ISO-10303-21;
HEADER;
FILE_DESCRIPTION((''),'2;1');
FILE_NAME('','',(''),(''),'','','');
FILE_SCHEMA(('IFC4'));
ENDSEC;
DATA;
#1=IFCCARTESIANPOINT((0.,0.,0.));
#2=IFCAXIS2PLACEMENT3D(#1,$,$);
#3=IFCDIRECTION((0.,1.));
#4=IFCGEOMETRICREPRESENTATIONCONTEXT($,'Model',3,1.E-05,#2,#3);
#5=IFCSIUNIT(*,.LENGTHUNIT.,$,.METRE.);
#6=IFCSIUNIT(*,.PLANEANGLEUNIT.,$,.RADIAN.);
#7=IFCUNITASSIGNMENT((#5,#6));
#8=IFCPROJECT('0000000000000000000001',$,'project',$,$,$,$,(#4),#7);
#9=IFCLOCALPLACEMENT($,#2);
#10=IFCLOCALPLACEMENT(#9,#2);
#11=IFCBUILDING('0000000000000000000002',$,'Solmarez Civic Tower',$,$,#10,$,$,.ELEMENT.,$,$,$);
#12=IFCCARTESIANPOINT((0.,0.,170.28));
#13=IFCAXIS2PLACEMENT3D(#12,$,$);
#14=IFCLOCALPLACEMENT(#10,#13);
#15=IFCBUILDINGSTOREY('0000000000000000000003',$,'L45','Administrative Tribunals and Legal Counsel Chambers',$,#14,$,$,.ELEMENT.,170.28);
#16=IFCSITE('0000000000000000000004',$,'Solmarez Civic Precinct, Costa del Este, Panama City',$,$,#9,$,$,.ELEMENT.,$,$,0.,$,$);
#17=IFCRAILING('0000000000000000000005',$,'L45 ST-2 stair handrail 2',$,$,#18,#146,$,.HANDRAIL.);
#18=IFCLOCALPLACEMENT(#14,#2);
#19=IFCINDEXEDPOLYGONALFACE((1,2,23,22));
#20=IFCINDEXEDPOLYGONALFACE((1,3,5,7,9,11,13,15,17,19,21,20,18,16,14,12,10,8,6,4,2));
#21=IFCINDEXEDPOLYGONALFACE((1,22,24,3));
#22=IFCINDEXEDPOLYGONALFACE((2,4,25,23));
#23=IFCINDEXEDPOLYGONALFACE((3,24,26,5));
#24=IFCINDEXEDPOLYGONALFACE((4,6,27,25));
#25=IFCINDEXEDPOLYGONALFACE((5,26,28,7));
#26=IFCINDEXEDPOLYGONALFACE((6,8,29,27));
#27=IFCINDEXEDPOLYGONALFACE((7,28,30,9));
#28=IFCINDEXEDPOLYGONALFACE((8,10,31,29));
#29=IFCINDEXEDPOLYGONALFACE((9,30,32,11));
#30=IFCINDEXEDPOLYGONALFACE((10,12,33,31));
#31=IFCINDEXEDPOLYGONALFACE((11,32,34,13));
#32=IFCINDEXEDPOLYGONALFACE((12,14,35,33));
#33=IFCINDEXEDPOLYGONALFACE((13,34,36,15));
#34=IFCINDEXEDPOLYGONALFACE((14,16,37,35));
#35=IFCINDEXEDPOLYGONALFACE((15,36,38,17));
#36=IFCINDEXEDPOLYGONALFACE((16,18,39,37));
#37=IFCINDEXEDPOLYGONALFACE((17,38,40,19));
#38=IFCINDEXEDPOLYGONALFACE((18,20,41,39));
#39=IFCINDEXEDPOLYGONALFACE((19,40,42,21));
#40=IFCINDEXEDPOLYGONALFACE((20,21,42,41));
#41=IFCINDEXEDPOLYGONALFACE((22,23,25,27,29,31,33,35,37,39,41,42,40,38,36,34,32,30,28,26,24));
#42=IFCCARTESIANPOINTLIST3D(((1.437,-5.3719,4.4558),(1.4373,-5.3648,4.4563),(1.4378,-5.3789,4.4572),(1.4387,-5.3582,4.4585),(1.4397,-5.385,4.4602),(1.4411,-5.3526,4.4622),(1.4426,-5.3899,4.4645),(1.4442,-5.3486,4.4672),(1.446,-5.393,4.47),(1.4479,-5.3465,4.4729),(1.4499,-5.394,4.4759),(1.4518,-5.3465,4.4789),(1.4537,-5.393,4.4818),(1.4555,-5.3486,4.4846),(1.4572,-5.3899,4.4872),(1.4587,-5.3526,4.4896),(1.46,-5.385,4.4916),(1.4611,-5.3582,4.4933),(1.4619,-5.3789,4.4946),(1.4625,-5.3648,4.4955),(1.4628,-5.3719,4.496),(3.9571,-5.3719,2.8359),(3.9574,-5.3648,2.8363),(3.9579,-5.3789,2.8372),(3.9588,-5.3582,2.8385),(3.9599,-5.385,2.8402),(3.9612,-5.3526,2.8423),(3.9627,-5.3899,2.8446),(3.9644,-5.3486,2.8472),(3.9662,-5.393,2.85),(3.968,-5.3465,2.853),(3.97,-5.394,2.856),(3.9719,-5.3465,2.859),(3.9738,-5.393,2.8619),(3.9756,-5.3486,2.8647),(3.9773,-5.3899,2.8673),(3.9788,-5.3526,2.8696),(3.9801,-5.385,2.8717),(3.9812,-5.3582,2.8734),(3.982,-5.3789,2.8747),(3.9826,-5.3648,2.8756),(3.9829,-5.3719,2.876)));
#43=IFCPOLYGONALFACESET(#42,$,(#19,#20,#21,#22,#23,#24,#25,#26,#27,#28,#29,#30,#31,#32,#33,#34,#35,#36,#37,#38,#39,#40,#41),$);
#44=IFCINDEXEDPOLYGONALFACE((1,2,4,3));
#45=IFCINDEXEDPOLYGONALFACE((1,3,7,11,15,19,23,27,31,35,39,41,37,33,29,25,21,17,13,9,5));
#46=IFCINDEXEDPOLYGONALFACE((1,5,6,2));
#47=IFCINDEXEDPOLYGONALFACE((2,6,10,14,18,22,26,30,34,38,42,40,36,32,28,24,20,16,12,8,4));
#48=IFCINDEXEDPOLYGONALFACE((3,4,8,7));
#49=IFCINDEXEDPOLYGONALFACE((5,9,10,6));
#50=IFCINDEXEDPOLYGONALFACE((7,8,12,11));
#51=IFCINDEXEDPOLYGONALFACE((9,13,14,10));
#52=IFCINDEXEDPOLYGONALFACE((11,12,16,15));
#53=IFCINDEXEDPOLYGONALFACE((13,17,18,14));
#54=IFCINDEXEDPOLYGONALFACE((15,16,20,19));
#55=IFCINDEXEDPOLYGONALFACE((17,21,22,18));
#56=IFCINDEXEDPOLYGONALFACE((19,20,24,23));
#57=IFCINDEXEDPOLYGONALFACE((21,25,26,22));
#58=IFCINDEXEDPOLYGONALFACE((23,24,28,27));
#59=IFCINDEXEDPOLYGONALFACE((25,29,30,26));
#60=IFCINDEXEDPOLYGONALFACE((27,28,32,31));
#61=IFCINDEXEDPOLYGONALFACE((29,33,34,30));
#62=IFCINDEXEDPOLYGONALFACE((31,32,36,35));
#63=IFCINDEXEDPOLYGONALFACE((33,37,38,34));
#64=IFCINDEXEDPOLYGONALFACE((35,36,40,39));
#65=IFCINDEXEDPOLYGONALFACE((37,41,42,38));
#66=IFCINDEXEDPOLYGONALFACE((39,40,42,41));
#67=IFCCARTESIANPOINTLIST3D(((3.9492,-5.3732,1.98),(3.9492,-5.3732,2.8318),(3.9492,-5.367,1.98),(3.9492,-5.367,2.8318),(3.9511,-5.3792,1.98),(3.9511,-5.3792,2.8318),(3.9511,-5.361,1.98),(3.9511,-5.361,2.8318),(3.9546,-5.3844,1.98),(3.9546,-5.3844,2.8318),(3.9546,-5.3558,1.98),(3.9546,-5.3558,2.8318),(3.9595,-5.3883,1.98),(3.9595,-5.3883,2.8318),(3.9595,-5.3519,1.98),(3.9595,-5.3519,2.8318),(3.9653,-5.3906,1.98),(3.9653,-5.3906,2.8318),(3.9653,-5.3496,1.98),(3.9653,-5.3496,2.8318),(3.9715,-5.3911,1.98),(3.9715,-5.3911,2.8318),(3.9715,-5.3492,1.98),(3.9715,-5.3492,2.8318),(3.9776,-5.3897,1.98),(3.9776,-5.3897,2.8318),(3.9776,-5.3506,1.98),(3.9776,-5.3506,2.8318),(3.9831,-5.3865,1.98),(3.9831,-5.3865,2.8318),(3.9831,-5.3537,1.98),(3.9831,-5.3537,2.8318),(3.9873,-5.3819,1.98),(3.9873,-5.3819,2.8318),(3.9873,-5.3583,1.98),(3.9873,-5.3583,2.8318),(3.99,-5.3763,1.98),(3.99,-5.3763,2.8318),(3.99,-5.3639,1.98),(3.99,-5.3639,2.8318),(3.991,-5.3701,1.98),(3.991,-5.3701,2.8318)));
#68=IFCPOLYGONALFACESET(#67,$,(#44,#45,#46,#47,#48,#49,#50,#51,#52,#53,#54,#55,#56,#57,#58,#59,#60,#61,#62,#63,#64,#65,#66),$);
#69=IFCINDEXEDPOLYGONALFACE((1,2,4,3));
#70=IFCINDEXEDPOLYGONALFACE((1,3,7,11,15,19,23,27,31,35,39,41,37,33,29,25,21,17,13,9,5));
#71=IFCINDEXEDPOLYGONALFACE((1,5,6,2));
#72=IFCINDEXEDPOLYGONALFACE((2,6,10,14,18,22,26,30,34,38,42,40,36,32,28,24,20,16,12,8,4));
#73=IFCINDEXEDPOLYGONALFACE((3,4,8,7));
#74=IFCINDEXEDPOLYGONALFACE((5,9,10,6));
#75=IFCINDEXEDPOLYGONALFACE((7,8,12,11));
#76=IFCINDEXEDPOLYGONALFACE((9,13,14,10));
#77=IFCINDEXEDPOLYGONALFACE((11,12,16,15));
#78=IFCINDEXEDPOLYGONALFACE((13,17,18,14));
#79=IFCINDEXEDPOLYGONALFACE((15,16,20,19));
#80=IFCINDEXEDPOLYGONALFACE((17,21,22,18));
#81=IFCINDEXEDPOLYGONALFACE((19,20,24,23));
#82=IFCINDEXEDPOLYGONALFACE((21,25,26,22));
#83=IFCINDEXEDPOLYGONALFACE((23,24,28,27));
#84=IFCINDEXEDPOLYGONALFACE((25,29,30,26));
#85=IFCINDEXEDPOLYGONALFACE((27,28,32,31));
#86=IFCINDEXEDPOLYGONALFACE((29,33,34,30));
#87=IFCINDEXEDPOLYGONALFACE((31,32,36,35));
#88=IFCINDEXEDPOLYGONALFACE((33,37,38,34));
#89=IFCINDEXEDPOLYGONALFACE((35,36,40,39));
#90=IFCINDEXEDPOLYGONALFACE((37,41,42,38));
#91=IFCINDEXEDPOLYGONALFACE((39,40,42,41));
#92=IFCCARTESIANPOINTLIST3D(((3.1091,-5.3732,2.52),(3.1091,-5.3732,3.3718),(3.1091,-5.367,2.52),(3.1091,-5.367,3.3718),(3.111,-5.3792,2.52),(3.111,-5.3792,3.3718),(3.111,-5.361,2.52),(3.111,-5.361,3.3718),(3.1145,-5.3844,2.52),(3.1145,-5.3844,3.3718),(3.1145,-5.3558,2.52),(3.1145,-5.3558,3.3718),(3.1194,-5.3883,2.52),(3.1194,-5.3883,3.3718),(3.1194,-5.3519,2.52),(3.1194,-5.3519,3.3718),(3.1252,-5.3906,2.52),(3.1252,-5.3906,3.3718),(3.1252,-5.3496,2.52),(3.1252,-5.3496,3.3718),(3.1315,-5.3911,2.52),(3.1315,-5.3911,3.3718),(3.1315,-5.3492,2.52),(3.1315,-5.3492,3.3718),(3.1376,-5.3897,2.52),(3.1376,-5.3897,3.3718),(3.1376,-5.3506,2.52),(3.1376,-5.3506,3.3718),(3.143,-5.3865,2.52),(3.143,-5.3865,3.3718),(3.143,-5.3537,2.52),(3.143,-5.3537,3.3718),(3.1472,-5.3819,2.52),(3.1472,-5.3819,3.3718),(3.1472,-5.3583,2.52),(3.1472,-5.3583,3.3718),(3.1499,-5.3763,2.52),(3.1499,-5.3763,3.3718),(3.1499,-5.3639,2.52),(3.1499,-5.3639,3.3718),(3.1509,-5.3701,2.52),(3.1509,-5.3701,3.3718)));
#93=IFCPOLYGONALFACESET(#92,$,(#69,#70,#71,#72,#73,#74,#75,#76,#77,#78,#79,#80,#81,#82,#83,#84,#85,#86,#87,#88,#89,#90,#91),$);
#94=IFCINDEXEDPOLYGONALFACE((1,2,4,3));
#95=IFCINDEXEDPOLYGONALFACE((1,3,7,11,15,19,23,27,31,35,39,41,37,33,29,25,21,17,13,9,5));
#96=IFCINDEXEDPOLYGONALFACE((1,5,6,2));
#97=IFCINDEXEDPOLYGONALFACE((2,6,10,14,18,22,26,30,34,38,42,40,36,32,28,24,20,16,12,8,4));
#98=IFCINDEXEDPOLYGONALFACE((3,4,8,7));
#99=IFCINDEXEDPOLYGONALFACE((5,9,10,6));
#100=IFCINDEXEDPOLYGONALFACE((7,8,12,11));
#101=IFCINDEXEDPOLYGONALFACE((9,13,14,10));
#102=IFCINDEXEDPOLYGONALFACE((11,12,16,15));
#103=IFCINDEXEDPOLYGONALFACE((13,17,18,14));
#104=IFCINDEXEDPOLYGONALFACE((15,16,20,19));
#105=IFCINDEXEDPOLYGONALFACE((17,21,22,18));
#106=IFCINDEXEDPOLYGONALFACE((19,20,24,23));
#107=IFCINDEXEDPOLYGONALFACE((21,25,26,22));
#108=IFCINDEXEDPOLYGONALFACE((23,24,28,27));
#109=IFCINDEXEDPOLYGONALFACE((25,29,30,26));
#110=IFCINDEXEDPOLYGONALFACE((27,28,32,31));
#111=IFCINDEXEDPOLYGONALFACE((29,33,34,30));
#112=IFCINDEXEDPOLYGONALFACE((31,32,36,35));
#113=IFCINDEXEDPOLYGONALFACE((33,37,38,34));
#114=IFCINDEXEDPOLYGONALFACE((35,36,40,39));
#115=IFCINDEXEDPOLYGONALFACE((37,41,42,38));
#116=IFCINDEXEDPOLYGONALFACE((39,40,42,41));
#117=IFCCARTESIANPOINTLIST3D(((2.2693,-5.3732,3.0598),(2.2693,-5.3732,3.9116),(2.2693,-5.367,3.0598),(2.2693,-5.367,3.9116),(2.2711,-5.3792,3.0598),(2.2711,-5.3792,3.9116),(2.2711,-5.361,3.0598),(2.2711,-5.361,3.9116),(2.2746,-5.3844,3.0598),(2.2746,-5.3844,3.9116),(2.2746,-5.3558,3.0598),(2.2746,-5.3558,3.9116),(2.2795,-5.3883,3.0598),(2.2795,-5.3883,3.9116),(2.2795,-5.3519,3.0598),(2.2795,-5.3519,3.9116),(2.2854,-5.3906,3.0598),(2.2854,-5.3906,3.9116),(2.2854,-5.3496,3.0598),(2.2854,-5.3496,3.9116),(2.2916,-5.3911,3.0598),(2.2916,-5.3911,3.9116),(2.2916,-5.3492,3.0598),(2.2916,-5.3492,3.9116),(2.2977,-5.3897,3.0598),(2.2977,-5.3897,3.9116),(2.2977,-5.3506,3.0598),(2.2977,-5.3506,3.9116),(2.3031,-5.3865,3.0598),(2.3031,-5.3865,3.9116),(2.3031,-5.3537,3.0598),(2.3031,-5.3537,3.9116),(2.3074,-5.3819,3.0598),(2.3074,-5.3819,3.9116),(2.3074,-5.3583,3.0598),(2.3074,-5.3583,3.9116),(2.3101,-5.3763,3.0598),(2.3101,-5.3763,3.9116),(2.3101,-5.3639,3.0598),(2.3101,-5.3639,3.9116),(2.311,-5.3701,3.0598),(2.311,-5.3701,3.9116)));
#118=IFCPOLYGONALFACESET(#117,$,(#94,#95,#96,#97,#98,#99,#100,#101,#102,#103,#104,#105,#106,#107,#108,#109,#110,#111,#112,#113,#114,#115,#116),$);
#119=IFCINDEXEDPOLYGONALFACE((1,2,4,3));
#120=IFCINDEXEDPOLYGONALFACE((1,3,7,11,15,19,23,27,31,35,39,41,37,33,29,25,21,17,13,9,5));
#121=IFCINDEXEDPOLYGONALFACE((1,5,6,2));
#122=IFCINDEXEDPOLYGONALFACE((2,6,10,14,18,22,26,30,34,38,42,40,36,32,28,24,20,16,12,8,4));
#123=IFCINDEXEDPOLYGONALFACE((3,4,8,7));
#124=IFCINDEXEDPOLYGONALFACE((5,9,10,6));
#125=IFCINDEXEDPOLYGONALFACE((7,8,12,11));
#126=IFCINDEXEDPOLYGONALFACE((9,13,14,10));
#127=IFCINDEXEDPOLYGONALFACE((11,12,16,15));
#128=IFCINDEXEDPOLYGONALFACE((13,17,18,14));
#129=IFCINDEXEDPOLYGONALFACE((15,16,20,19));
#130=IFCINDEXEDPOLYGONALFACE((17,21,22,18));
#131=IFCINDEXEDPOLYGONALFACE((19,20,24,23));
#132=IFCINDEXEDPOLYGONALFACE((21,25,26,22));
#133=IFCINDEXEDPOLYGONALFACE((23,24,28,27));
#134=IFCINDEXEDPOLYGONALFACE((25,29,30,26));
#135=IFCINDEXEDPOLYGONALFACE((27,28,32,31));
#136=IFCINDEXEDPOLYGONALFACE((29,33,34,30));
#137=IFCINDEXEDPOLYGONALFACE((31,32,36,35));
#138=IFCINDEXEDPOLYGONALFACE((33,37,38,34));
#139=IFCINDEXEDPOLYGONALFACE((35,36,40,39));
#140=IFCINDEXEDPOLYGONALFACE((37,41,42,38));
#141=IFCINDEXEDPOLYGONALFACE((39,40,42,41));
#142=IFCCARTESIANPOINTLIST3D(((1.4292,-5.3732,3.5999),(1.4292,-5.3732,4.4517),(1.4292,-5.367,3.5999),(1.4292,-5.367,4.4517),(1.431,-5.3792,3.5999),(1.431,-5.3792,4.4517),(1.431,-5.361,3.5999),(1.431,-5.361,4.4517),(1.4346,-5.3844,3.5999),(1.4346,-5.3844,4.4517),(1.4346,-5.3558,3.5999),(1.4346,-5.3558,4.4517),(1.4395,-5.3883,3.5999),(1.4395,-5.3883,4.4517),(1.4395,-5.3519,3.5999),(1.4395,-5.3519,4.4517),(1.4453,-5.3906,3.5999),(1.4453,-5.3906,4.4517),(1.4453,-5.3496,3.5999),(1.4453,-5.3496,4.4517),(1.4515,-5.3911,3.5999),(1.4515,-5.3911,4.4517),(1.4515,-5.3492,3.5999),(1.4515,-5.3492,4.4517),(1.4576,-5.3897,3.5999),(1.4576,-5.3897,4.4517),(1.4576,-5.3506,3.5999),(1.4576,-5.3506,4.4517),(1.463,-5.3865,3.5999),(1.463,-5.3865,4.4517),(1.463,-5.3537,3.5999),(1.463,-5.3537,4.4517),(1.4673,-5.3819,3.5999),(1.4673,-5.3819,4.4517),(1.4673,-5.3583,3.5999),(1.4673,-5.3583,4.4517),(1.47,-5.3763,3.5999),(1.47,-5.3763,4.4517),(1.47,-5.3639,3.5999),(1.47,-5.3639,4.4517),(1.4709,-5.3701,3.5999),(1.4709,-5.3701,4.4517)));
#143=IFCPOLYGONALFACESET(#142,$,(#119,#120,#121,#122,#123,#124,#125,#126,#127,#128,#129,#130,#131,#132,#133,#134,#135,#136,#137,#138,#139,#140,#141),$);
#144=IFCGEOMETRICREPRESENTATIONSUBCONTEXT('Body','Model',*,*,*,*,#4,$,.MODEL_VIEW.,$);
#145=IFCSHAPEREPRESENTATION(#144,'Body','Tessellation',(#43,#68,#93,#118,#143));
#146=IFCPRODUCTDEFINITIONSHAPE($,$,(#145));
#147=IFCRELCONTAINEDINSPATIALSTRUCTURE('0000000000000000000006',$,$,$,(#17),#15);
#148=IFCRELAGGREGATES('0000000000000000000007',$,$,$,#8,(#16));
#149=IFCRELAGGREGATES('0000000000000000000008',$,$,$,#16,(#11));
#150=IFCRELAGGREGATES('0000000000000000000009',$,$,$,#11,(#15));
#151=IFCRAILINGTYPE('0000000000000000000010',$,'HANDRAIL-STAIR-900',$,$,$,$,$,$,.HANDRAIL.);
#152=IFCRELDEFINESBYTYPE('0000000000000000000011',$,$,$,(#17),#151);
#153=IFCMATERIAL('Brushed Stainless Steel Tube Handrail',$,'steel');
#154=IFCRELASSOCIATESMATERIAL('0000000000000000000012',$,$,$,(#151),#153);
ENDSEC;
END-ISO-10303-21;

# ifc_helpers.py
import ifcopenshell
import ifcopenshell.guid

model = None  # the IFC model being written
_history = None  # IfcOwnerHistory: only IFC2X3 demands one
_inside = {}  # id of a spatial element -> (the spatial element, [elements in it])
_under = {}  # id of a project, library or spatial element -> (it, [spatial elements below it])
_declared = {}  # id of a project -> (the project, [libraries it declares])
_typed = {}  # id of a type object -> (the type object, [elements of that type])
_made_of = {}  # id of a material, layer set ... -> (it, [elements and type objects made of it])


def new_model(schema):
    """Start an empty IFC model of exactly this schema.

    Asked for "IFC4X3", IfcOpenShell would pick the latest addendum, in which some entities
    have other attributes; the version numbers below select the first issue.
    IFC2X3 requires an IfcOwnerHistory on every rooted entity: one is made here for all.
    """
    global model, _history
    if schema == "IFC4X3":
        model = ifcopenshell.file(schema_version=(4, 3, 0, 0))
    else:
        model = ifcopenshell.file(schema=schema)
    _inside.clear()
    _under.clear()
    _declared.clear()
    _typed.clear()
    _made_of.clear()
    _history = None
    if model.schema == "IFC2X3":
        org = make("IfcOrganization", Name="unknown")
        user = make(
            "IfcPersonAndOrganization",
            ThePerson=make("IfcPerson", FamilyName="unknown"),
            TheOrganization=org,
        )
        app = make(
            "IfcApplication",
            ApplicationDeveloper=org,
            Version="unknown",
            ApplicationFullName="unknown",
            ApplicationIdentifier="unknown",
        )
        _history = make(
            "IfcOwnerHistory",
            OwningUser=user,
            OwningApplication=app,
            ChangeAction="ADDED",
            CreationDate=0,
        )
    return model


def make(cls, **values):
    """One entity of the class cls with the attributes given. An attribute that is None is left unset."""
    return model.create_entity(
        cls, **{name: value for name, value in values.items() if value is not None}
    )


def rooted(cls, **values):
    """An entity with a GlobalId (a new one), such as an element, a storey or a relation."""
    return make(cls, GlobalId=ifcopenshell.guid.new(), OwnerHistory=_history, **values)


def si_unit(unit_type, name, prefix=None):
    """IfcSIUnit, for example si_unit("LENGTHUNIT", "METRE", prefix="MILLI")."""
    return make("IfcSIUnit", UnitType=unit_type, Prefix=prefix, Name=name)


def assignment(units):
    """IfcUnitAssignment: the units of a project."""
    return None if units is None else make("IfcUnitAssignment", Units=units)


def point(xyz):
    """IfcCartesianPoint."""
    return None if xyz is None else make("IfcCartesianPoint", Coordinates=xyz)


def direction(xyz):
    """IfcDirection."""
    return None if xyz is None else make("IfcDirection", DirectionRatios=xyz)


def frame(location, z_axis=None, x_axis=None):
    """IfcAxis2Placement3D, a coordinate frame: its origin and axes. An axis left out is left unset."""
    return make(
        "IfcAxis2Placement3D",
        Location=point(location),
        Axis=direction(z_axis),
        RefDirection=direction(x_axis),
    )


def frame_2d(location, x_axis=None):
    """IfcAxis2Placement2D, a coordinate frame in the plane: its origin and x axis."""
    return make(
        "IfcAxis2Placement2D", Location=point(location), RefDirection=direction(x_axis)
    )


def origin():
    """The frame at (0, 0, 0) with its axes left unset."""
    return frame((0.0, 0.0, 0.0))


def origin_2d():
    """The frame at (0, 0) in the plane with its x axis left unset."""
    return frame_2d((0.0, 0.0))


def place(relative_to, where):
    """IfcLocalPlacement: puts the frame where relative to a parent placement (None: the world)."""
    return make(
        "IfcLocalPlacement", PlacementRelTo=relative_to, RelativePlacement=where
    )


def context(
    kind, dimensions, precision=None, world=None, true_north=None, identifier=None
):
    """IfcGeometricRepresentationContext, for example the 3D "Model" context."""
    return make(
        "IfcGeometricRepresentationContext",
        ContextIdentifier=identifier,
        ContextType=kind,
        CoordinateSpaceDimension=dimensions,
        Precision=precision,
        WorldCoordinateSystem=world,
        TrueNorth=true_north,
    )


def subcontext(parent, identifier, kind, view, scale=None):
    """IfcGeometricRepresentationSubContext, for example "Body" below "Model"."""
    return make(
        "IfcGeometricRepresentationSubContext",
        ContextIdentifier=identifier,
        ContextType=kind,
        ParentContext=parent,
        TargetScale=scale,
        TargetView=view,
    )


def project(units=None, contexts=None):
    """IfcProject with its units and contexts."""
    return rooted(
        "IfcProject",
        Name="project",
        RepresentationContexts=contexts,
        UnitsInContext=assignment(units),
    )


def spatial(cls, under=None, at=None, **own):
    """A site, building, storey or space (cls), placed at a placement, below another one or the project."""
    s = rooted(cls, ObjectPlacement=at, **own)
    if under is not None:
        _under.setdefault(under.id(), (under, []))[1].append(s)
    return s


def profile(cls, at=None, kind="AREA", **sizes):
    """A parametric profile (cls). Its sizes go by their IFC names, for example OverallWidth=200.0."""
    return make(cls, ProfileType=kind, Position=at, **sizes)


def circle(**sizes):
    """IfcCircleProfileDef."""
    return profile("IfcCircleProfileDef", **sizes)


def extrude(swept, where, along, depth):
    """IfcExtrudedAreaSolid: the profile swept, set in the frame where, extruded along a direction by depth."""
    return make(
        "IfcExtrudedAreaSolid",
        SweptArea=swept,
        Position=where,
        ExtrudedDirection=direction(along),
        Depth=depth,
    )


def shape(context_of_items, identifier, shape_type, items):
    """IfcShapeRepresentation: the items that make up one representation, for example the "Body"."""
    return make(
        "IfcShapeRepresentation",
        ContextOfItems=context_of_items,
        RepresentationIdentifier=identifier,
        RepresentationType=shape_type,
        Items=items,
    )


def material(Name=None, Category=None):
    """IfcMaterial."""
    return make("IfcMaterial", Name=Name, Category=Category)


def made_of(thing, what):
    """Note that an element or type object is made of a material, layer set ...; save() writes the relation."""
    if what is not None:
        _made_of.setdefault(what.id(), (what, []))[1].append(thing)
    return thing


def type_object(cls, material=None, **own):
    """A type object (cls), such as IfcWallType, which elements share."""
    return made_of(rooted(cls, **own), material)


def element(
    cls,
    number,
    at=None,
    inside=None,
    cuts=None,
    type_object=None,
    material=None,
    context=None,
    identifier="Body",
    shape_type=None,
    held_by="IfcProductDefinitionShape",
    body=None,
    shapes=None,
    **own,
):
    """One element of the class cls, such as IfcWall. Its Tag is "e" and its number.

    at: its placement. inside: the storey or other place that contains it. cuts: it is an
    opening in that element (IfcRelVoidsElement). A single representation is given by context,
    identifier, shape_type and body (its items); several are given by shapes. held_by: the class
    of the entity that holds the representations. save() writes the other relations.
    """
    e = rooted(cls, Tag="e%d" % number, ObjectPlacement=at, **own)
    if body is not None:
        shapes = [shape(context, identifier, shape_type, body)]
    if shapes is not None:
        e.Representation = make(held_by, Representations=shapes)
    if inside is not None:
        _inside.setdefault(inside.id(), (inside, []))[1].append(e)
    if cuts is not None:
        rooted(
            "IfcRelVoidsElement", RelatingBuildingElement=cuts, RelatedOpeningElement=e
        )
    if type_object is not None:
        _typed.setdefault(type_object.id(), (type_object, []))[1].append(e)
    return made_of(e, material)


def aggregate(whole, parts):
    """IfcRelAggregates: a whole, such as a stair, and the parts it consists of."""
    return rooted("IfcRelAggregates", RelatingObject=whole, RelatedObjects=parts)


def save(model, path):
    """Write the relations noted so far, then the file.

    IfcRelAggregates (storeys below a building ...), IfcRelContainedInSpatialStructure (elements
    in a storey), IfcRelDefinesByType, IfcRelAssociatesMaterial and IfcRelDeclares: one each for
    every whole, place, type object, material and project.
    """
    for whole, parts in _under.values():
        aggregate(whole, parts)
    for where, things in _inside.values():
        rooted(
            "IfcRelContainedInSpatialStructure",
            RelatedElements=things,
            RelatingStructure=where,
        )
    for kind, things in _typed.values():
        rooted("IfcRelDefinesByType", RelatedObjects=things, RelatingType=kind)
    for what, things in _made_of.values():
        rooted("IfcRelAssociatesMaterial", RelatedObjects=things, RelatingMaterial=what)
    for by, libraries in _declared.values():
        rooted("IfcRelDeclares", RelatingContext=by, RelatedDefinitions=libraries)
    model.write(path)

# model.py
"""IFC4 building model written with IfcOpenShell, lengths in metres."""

from ifc_helpers import new_model, si_unit, direction, frame, origin, origin_2d, place, context, subcontext, project, spatial, circle, extrude, material, type_object, element, save


model = new_model("IFC4")

# Units and contexts
model_context = context("Model", 3, precision=1e-05, world=origin(), true_north=direction((0.0, 1.0)))
body_context = subcontext(model_context, "Body", "Model", "MODEL_VIEW")
ifc_project = project(units=[si_unit("LENGTHUNIT", "METRE"), si_unit("PLANEANGLEUNIT", "RADIAN")], contexts=[model_context])

# Site, building, storey
site_placement = place(None, origin())
site = spatial("IfcSite", under=ifc_project, at=site_placement, Name="Solmarez Civic Precinct, Costa del Este, Panama City", CompositionType="ELEMENT", RefElevation=0.0)
building_placement = place(site_placement, origin())
building = spatial("IfcBuilding", under=site, at=building_placement, Name="Solmarez Civic Tower", CompositionType="ELEMENT")
storey_placement = place(building_placement, frame((0.0, 0.0, 170.28)))
storey = spatial("IfcBuildingStorey", under=building, at=storey_placement, Name="L45", Description="Administrative Tribunals and Legal Counsel Chambers", CompositionType="ELEMENT", Elevation=170.28)

# Railing
ifc_material_1 = material(Name="Brushed Stainless Steel Tube Handrail", Category="steel")
railing_type_1 = type_object("IfcRailingType", Name="HANDRAIL-STAIR-900", PredefinedType="HANDRAIL", material=ifc_material_1)
railing_1_placement = place(storey_placement, frame((3.97, -5.3701, 1.98)))
element("IfcRailing", 1, at=railing_1_placement, inside=storey, type_object=railing_type_1, Name="L45 ST-2 stair handrail 2", PredefinedType="HANDRAIL", context=body_context, shape_type="SweptSolid", body=[
    extrude(circle(Radius=0.0239, at=origin_2d()), frame((0.0, 0.0, 0.876), z_axis=(-0.8412, 0.0, 0.540725), x_axis=(0.0, -1.0, 0.0)), (0.0, 0.0, 1.0), 2.9958),
    extrude(circle(Radius=0.021, at=origin_2d()), origin(), (0.0, 0.0, 1.0), 0.8518),
    extrude(circle(Radius=0.021, at=origin_2d()), frame((-0.8401, 0.0, 0.54)), (0.0, 0.0, 1.0), 0.8518),
    extrude(circle(Radius=0.021, at=origin_2d()), frame((-1.6799, 0.0, 1.0798)), (0.0, 0.0, 1.0), 0.8518),
    extrude(circle(Radius=0.021, at=origin_2d()), frame((-2.52, 0.0, 1.6199)), (0.0, 0.0, 1.0), 0.8518),
])

save(model, "model.ifc")
